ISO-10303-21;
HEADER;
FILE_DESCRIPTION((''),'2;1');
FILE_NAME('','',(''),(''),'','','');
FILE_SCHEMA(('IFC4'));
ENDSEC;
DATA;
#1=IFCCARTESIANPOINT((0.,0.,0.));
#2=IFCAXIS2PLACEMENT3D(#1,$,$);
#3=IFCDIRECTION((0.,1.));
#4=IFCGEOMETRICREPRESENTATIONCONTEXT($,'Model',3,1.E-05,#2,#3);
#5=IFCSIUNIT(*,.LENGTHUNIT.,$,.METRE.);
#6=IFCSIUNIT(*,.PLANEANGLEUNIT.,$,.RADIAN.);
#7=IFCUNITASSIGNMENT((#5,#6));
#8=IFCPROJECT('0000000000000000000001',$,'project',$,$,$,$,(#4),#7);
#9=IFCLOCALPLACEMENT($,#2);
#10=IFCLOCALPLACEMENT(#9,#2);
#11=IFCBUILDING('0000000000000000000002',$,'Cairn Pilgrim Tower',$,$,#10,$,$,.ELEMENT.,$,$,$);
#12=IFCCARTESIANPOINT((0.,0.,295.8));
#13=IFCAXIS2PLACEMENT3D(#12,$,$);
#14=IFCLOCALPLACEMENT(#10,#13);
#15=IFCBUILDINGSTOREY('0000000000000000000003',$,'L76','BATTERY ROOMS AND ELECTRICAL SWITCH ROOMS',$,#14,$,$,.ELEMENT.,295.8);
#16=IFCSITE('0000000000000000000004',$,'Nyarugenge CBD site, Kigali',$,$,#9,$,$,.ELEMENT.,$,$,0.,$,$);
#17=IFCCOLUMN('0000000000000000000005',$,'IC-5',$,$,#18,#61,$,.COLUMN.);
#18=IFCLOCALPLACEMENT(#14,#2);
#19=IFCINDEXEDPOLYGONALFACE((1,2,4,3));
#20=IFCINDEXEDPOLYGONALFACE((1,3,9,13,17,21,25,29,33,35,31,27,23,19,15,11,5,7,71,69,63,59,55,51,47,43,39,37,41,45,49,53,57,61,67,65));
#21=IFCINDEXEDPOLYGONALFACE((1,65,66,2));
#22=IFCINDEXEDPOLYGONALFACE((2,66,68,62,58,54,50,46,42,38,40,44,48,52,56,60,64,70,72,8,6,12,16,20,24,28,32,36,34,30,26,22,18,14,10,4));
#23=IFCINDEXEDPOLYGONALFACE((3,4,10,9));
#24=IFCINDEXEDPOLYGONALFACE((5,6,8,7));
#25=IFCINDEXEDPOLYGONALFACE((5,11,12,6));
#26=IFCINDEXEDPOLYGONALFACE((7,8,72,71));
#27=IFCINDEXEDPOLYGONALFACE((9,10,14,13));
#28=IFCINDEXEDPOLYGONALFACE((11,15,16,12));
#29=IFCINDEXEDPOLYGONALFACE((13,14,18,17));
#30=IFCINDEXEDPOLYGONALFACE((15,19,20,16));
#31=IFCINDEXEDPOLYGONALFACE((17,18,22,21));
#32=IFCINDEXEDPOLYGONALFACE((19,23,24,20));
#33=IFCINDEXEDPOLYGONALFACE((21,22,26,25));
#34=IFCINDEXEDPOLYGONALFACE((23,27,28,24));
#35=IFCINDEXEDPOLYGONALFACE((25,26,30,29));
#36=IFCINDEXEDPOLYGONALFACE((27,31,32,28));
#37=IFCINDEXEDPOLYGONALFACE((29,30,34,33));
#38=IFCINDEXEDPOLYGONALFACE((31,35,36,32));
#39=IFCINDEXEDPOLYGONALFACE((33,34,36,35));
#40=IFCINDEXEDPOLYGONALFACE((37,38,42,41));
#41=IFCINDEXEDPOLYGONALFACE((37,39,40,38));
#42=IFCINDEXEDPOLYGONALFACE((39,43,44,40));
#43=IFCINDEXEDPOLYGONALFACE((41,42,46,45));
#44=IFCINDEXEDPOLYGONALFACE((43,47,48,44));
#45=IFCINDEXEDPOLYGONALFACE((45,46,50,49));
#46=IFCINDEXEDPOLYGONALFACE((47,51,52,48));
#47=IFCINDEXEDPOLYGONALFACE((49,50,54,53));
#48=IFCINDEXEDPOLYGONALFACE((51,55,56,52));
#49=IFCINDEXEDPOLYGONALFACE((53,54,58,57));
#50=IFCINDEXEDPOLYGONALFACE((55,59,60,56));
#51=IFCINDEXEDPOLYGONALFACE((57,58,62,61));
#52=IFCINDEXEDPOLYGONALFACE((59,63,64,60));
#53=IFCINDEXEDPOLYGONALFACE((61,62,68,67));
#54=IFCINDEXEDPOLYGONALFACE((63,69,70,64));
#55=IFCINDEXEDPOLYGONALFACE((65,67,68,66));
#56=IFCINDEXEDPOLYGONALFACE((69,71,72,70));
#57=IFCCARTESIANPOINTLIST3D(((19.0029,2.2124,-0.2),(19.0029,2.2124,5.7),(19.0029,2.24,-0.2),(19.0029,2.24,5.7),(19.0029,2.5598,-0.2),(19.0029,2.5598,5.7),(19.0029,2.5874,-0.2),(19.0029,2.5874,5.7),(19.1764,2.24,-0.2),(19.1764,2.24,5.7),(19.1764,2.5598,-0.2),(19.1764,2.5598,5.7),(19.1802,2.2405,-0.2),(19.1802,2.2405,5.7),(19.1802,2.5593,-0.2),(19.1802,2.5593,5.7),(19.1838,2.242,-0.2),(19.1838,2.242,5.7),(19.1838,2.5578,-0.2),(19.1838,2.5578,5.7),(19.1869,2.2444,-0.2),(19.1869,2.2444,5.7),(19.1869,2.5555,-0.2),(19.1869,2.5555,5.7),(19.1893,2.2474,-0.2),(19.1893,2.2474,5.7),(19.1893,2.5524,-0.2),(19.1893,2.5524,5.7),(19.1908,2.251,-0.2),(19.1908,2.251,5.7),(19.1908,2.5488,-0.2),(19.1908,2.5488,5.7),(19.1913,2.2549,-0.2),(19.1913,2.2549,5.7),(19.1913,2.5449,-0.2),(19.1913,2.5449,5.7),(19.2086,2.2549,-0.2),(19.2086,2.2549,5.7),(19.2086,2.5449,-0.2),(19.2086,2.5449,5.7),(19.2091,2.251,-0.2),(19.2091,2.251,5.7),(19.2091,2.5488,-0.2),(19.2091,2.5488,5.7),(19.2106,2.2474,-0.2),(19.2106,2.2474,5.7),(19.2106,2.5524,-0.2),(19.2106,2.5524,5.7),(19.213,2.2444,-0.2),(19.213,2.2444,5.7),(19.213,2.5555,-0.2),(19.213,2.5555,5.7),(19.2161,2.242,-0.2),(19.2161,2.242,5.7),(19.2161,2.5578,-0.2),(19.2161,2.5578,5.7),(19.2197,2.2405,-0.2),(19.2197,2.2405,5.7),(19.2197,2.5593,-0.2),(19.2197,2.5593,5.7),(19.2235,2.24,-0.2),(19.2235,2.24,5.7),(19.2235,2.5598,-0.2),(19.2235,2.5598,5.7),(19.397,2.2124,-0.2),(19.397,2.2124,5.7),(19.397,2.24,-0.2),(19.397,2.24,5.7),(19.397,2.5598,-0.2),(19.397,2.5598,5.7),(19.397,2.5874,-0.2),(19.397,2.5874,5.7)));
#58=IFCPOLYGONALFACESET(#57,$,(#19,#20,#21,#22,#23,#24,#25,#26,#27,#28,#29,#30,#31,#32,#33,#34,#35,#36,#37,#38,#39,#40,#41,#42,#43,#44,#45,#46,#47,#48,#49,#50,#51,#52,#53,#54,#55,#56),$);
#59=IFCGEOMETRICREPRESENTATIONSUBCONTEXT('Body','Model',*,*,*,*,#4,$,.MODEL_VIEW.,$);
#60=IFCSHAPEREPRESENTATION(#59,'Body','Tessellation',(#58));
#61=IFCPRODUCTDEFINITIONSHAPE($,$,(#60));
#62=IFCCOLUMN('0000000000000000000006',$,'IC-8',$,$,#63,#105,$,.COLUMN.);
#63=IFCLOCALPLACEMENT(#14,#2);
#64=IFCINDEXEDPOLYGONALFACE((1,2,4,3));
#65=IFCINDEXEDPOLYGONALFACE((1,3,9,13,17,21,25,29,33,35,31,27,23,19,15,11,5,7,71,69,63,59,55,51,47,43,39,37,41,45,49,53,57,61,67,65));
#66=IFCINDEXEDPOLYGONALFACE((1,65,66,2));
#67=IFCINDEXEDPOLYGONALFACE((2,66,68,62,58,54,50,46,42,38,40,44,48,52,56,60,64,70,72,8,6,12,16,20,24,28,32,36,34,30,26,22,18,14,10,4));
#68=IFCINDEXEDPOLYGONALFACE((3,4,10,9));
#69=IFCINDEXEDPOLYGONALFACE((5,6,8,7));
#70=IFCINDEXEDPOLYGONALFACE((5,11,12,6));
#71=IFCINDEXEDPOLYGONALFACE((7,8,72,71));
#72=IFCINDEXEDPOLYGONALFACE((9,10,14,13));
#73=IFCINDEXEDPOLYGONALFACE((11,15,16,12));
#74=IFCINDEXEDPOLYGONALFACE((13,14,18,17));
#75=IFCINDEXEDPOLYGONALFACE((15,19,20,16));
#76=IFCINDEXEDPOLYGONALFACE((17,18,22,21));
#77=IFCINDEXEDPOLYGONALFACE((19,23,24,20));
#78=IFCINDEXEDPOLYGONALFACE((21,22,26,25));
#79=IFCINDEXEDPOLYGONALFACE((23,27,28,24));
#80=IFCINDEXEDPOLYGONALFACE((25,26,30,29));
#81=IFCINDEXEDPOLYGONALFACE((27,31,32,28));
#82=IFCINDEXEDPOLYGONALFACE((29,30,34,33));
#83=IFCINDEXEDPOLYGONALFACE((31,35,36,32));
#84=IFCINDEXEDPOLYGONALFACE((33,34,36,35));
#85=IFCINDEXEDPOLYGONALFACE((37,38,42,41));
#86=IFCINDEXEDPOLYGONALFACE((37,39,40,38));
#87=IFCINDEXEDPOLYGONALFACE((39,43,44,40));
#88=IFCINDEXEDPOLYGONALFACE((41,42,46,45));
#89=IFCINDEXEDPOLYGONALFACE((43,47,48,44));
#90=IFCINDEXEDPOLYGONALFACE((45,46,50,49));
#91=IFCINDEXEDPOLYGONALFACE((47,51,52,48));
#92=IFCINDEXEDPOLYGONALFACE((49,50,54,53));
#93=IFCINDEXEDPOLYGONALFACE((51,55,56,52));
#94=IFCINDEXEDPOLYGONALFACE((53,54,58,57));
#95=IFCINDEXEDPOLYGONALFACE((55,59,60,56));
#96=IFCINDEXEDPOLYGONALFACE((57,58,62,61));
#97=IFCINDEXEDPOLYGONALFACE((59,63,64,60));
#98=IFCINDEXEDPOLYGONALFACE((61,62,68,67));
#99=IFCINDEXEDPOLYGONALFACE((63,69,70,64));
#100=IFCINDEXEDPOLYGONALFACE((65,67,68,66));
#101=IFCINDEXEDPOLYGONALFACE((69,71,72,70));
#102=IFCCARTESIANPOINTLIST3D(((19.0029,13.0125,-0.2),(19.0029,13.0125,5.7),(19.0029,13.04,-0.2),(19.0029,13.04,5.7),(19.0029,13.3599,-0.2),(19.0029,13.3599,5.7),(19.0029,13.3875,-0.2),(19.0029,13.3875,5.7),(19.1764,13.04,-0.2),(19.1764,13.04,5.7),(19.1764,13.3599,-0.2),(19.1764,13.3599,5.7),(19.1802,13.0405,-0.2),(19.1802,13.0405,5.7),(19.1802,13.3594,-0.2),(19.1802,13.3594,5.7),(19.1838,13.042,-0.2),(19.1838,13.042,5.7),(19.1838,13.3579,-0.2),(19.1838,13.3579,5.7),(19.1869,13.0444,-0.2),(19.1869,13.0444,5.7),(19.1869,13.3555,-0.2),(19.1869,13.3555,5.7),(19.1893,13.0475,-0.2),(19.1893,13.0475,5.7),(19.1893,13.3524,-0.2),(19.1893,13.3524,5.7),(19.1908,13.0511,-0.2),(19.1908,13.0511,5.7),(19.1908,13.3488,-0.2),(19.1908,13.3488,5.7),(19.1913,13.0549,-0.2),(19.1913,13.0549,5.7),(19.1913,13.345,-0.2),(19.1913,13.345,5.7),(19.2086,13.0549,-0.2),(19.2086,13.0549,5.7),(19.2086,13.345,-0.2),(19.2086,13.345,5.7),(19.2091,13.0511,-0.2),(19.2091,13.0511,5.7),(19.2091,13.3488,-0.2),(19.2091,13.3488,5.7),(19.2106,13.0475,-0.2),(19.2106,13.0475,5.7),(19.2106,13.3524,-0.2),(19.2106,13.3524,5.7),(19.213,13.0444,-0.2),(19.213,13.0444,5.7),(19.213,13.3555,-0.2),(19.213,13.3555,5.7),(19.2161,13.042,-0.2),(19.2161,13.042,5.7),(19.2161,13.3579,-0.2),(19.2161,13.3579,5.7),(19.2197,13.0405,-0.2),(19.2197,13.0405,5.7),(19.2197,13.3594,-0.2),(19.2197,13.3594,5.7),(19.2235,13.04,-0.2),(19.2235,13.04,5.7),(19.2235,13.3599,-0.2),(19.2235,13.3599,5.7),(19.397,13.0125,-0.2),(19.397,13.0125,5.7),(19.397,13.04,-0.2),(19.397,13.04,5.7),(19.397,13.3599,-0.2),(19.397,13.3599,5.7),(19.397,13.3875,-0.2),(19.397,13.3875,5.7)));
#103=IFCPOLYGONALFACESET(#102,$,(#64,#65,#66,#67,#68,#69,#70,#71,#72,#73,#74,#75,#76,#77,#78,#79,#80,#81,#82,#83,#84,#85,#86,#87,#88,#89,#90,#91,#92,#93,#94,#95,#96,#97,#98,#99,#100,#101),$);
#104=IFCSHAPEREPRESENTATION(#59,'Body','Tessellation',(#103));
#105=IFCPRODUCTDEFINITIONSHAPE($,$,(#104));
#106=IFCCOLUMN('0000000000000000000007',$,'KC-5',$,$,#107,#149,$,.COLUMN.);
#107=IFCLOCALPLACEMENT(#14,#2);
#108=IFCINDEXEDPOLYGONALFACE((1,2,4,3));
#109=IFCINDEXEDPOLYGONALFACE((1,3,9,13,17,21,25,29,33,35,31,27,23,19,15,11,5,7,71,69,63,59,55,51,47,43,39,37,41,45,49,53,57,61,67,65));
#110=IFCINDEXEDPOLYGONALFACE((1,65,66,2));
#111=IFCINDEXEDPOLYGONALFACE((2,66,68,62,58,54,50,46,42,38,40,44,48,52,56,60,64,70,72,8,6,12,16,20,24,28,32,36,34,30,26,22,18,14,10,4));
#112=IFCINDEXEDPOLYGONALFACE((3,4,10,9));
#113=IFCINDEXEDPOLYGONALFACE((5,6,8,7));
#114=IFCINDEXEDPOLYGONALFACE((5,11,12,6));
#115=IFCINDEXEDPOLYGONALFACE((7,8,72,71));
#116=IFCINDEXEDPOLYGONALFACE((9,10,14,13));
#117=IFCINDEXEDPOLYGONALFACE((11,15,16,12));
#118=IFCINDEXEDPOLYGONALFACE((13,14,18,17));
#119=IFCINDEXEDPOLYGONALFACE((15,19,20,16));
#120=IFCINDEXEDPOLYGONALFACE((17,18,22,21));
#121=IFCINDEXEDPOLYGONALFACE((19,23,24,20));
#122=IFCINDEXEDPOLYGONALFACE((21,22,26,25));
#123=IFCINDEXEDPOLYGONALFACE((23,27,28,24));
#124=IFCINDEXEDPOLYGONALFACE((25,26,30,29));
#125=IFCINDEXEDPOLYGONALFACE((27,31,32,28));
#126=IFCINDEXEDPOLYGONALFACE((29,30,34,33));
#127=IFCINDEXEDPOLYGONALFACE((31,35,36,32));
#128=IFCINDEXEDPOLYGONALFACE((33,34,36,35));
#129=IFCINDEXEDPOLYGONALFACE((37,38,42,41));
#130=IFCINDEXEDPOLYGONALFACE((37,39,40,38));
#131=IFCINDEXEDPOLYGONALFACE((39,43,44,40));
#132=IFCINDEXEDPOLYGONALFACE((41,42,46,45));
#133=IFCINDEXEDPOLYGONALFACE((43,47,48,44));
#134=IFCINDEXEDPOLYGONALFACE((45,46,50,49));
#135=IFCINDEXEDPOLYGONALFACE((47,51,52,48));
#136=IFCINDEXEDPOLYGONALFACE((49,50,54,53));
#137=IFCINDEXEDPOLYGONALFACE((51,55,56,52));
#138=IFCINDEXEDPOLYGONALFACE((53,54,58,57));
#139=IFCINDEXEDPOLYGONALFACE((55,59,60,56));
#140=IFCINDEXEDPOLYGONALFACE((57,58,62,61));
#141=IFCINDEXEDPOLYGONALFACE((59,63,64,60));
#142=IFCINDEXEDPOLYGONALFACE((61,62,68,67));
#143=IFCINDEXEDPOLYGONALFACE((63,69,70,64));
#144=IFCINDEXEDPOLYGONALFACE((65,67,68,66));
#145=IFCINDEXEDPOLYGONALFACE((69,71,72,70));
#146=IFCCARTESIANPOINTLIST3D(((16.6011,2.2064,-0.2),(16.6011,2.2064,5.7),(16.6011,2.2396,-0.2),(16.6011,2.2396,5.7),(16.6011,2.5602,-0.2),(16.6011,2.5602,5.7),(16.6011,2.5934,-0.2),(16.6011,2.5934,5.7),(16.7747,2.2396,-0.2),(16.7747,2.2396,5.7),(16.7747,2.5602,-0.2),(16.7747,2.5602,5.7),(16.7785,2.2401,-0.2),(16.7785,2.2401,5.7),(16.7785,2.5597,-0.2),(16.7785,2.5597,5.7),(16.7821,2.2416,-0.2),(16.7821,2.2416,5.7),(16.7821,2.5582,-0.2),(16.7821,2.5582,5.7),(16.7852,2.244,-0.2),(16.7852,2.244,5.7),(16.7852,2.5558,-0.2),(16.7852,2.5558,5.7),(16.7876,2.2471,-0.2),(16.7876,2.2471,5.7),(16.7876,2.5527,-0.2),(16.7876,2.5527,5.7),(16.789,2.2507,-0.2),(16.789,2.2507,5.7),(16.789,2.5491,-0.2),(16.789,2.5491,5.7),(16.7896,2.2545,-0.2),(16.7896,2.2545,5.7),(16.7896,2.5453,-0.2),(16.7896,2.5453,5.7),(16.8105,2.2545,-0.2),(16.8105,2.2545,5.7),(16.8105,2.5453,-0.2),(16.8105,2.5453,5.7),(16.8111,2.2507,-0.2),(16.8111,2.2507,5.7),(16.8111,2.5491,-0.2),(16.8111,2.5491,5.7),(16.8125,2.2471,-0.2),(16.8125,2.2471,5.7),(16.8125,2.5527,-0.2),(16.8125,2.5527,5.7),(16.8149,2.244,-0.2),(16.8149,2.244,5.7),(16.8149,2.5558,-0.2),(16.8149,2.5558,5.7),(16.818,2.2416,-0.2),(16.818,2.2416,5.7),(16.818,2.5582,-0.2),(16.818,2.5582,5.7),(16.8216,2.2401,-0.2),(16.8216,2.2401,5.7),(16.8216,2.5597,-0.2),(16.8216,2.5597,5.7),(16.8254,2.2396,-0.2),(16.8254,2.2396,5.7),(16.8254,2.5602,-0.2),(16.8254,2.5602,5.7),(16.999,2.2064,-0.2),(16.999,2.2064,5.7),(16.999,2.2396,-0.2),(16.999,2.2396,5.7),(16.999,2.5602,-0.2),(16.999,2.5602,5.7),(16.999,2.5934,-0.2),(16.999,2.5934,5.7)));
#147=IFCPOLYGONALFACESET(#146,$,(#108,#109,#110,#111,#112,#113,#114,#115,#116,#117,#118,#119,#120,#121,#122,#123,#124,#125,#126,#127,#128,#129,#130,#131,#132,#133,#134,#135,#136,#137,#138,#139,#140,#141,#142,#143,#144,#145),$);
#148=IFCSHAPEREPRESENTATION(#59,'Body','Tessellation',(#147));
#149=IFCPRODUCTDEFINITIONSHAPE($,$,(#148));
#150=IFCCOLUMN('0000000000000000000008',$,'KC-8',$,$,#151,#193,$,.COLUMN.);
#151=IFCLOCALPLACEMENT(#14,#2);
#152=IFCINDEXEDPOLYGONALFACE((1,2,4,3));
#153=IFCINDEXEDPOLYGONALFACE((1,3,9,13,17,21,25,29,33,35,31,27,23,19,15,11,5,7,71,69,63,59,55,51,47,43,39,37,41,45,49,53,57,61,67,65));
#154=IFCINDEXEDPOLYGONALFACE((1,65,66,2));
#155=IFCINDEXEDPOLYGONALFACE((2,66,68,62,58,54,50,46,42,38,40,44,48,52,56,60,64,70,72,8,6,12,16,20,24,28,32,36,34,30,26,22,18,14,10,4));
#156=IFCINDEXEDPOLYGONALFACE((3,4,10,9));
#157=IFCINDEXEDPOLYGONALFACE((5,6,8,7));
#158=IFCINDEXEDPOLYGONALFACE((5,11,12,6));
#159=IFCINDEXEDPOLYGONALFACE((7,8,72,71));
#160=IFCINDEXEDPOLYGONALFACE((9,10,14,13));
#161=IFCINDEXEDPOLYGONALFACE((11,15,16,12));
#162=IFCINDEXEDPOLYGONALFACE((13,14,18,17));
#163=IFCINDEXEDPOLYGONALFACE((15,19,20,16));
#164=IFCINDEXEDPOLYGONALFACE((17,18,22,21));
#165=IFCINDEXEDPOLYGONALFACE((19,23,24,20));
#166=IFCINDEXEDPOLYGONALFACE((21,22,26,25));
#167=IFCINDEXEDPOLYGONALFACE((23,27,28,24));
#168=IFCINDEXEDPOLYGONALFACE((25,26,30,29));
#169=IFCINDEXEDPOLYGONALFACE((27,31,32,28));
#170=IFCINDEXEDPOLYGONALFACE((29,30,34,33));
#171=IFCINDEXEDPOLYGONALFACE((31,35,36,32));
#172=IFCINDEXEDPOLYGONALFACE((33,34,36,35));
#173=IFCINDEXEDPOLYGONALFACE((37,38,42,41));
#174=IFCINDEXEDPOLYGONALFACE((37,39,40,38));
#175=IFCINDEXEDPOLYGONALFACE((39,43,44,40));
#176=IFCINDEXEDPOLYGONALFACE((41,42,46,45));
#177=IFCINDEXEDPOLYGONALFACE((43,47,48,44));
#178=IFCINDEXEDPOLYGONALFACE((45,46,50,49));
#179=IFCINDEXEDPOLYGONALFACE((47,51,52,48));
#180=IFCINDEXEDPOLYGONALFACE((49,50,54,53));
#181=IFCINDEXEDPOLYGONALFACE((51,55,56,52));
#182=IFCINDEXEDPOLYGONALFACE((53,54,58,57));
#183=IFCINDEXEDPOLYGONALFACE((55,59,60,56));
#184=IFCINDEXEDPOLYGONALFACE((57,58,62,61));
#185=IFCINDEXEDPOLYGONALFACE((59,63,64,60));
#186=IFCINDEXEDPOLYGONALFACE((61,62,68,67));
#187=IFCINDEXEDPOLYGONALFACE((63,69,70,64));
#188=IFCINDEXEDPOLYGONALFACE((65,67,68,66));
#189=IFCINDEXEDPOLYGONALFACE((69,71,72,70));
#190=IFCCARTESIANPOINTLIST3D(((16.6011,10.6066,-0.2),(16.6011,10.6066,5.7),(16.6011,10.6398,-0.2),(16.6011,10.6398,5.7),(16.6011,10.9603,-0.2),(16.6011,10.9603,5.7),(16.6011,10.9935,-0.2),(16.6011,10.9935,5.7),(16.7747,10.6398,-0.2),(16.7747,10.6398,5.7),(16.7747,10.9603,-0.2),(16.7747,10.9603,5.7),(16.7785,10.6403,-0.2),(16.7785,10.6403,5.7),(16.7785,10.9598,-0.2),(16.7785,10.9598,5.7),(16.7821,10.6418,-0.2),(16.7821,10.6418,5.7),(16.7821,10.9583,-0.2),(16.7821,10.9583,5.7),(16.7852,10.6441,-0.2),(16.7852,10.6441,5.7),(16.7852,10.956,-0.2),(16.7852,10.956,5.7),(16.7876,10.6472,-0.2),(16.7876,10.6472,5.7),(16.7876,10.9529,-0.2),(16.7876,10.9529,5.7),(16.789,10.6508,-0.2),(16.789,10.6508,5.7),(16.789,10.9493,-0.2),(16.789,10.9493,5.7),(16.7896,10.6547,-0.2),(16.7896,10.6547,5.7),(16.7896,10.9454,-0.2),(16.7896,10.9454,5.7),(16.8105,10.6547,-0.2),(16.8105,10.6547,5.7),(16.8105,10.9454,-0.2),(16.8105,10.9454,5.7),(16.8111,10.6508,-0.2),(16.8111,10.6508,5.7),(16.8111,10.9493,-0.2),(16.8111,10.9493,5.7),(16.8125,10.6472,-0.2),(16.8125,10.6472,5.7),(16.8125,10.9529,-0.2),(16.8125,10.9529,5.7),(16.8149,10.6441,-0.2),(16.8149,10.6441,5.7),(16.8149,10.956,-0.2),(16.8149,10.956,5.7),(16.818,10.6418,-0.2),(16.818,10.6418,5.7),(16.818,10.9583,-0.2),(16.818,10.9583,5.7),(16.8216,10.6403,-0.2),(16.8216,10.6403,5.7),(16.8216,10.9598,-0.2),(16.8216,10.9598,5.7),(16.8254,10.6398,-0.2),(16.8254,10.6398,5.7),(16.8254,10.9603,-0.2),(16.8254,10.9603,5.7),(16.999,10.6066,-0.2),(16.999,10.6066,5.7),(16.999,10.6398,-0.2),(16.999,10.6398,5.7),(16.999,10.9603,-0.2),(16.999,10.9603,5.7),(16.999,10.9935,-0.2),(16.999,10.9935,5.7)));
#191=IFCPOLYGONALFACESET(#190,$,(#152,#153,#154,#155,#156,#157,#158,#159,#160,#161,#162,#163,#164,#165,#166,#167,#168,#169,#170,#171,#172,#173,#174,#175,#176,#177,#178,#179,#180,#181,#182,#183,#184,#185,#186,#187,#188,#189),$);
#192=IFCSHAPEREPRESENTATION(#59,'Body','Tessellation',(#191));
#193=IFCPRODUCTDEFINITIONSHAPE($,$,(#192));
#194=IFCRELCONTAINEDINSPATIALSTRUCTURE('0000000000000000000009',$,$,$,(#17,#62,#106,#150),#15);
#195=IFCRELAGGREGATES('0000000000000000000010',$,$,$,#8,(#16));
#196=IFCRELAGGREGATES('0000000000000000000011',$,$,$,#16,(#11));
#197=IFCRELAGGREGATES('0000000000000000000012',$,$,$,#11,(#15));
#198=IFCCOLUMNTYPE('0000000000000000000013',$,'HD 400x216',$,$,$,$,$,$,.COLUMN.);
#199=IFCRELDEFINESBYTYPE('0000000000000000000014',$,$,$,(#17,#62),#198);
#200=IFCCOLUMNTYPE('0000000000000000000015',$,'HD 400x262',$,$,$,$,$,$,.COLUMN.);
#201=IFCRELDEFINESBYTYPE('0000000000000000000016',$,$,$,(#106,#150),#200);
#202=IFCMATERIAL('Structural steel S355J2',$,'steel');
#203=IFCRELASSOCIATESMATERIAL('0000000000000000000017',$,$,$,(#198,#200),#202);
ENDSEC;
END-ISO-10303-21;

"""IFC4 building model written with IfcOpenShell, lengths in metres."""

from ifc_helpers import new_model, si_unit, direction, frame, origin, origin_2d, place, context, subcontext, project, spatial, i_section, extrude, material, material_profile, profile_set, type_object, element, save


model = new_model("IFC4")

# Units and contexts
model_context = context("Model", 3, precision=1e-05, world=origin(), true_north=direction((0.0, 1.0)))
body_context = subcontext(model_context, "Body", "Model", "MODEL_VIEW")
ifc_project = project(units=[si_unit("LENGTHUNIT", "METRE"), si_unit("PLANEANGLEUNIT", "RADIAN")], contexts=[model_context])

# Site, building, storey
site_placement = place(None, origin())
site = spatial("IfcSite", under=ifc_project, at=site_placement, Name="Nyarugenge CBD site, Kigali", CompositionType="ELEMENT", RefElevation=0.0)
building_placement = place(site_placement, origin())
building = spatial("IfcBuilding", under=site, at=building_placement, Name="Cairn Pilgrim Tower", CompositionType="ELEMENT")
storey_placement = place(building_placement, frame((0.0, 0.0, 295.8)))
storey = spatial("IfcBuildingStorey", under=building, at=storey_placement, Name="L76", Description="BATTERY ROOMS AND ELECTRICAL SWITCH ROOMS", CompositionType="ELEMENT", Elevation=295.8)

# Columns
ifc_material_1 = material(Name="Structural steel S355J2", Category="steel")
ifc_material_profile_1 = material_profile(ifc_material_1, i_section(OverallWidth=0.394, OverallDepth=0.375, WebThickness=0.0173, FlangeThickness=0.0276, FilletRadius=0.0149, at=origin_2d()), Name="HD 400x216")
ifc_profile_set_1 = profile_set([ifc_material_profile_1], Name="Structural steel S355J2")
column_type_1 = type_object("IfcColumnType", Name="HD 400x216", PredefinedType="COLUMN", material=ifc_profile_set_1)
for number, where, z_axis, x_axis, name in (
    (1, (19.2, 2.3999, -0.2), (0.0, 0.0, 1.0), (1.0, 0.0, 0.0), "IC-5"),
    (2, (19.2, 13.2, -0.2), (0.0, 0.0, 1.0), (1.0, 0.0, 0.0), "IC-8"),
):
    element("IfcColumn", number, at=place(storey_placement, frame(where, z_axis=z_axis, x_axis=x_axis)), inside=storey, type_object=column_type_1, Name=name, PredefinedType="COLUMN", context=body_context, shape_type="SweptSolid", body=[
        extrude(i_section(OverallWidth=0.394, OverallDepth=0.375, WebThickness=0.0173, FlangeThickness=0.0276, FilletRadius=0.0149, at=origin_2d()), origin(), (0.0, 0.0, 1.0), 5.8999),
    ])
ifc_material_profile_2 = material_profile(ifc_material_1, i_section(OverallWidth=0.3979, OverallDepth=0.387, WebThickness=0.021, FlangeThickness=0.0332, FilletRadius=0.0149, at=origin_2d()), Name="HD 400x262")
ifc_profile_set_2 = profile_set([ifc_material_profile_2], Name="Structural steel S355J2")
column_type_2 = type_object("IfcColumnType", Name="HD 400x262", PredefinedType="COLUMN", material=ifc_profile_set_2)
for number, where, z_axis, x_axis, name in (
    (3, (16.8, 2.3999, -0.2), (0.0, 0.0, 1.0), (1.0, 0.0, 0.0), "KC-5"),
    (4, (16.8, 10.8, -0.2), (0.0, 0.0, 1.0), (1.0, 0.0, 0.0), "KC-8"),
):
    element("IfcColumn", number, at=place(storey_placement, frame(where, z_axis=z_axis, x_axis=x_axis)), inside=storey, type_object=column_type_2, Name=name, PredefinedType="COLUMN", context=body_context, shape_type="SweptSolid", body=[
        extrude(i_section(OverallWidth=0.3979, OverallDepth=0.387, WebThickness=0.021, FlangeThickness=0.0332, FilletRadius=0.0149, at=origin_2d()), origin(), (0.0, 0.0, 1.0), 5.8999),
    ])

save(model, "model.ifc")
